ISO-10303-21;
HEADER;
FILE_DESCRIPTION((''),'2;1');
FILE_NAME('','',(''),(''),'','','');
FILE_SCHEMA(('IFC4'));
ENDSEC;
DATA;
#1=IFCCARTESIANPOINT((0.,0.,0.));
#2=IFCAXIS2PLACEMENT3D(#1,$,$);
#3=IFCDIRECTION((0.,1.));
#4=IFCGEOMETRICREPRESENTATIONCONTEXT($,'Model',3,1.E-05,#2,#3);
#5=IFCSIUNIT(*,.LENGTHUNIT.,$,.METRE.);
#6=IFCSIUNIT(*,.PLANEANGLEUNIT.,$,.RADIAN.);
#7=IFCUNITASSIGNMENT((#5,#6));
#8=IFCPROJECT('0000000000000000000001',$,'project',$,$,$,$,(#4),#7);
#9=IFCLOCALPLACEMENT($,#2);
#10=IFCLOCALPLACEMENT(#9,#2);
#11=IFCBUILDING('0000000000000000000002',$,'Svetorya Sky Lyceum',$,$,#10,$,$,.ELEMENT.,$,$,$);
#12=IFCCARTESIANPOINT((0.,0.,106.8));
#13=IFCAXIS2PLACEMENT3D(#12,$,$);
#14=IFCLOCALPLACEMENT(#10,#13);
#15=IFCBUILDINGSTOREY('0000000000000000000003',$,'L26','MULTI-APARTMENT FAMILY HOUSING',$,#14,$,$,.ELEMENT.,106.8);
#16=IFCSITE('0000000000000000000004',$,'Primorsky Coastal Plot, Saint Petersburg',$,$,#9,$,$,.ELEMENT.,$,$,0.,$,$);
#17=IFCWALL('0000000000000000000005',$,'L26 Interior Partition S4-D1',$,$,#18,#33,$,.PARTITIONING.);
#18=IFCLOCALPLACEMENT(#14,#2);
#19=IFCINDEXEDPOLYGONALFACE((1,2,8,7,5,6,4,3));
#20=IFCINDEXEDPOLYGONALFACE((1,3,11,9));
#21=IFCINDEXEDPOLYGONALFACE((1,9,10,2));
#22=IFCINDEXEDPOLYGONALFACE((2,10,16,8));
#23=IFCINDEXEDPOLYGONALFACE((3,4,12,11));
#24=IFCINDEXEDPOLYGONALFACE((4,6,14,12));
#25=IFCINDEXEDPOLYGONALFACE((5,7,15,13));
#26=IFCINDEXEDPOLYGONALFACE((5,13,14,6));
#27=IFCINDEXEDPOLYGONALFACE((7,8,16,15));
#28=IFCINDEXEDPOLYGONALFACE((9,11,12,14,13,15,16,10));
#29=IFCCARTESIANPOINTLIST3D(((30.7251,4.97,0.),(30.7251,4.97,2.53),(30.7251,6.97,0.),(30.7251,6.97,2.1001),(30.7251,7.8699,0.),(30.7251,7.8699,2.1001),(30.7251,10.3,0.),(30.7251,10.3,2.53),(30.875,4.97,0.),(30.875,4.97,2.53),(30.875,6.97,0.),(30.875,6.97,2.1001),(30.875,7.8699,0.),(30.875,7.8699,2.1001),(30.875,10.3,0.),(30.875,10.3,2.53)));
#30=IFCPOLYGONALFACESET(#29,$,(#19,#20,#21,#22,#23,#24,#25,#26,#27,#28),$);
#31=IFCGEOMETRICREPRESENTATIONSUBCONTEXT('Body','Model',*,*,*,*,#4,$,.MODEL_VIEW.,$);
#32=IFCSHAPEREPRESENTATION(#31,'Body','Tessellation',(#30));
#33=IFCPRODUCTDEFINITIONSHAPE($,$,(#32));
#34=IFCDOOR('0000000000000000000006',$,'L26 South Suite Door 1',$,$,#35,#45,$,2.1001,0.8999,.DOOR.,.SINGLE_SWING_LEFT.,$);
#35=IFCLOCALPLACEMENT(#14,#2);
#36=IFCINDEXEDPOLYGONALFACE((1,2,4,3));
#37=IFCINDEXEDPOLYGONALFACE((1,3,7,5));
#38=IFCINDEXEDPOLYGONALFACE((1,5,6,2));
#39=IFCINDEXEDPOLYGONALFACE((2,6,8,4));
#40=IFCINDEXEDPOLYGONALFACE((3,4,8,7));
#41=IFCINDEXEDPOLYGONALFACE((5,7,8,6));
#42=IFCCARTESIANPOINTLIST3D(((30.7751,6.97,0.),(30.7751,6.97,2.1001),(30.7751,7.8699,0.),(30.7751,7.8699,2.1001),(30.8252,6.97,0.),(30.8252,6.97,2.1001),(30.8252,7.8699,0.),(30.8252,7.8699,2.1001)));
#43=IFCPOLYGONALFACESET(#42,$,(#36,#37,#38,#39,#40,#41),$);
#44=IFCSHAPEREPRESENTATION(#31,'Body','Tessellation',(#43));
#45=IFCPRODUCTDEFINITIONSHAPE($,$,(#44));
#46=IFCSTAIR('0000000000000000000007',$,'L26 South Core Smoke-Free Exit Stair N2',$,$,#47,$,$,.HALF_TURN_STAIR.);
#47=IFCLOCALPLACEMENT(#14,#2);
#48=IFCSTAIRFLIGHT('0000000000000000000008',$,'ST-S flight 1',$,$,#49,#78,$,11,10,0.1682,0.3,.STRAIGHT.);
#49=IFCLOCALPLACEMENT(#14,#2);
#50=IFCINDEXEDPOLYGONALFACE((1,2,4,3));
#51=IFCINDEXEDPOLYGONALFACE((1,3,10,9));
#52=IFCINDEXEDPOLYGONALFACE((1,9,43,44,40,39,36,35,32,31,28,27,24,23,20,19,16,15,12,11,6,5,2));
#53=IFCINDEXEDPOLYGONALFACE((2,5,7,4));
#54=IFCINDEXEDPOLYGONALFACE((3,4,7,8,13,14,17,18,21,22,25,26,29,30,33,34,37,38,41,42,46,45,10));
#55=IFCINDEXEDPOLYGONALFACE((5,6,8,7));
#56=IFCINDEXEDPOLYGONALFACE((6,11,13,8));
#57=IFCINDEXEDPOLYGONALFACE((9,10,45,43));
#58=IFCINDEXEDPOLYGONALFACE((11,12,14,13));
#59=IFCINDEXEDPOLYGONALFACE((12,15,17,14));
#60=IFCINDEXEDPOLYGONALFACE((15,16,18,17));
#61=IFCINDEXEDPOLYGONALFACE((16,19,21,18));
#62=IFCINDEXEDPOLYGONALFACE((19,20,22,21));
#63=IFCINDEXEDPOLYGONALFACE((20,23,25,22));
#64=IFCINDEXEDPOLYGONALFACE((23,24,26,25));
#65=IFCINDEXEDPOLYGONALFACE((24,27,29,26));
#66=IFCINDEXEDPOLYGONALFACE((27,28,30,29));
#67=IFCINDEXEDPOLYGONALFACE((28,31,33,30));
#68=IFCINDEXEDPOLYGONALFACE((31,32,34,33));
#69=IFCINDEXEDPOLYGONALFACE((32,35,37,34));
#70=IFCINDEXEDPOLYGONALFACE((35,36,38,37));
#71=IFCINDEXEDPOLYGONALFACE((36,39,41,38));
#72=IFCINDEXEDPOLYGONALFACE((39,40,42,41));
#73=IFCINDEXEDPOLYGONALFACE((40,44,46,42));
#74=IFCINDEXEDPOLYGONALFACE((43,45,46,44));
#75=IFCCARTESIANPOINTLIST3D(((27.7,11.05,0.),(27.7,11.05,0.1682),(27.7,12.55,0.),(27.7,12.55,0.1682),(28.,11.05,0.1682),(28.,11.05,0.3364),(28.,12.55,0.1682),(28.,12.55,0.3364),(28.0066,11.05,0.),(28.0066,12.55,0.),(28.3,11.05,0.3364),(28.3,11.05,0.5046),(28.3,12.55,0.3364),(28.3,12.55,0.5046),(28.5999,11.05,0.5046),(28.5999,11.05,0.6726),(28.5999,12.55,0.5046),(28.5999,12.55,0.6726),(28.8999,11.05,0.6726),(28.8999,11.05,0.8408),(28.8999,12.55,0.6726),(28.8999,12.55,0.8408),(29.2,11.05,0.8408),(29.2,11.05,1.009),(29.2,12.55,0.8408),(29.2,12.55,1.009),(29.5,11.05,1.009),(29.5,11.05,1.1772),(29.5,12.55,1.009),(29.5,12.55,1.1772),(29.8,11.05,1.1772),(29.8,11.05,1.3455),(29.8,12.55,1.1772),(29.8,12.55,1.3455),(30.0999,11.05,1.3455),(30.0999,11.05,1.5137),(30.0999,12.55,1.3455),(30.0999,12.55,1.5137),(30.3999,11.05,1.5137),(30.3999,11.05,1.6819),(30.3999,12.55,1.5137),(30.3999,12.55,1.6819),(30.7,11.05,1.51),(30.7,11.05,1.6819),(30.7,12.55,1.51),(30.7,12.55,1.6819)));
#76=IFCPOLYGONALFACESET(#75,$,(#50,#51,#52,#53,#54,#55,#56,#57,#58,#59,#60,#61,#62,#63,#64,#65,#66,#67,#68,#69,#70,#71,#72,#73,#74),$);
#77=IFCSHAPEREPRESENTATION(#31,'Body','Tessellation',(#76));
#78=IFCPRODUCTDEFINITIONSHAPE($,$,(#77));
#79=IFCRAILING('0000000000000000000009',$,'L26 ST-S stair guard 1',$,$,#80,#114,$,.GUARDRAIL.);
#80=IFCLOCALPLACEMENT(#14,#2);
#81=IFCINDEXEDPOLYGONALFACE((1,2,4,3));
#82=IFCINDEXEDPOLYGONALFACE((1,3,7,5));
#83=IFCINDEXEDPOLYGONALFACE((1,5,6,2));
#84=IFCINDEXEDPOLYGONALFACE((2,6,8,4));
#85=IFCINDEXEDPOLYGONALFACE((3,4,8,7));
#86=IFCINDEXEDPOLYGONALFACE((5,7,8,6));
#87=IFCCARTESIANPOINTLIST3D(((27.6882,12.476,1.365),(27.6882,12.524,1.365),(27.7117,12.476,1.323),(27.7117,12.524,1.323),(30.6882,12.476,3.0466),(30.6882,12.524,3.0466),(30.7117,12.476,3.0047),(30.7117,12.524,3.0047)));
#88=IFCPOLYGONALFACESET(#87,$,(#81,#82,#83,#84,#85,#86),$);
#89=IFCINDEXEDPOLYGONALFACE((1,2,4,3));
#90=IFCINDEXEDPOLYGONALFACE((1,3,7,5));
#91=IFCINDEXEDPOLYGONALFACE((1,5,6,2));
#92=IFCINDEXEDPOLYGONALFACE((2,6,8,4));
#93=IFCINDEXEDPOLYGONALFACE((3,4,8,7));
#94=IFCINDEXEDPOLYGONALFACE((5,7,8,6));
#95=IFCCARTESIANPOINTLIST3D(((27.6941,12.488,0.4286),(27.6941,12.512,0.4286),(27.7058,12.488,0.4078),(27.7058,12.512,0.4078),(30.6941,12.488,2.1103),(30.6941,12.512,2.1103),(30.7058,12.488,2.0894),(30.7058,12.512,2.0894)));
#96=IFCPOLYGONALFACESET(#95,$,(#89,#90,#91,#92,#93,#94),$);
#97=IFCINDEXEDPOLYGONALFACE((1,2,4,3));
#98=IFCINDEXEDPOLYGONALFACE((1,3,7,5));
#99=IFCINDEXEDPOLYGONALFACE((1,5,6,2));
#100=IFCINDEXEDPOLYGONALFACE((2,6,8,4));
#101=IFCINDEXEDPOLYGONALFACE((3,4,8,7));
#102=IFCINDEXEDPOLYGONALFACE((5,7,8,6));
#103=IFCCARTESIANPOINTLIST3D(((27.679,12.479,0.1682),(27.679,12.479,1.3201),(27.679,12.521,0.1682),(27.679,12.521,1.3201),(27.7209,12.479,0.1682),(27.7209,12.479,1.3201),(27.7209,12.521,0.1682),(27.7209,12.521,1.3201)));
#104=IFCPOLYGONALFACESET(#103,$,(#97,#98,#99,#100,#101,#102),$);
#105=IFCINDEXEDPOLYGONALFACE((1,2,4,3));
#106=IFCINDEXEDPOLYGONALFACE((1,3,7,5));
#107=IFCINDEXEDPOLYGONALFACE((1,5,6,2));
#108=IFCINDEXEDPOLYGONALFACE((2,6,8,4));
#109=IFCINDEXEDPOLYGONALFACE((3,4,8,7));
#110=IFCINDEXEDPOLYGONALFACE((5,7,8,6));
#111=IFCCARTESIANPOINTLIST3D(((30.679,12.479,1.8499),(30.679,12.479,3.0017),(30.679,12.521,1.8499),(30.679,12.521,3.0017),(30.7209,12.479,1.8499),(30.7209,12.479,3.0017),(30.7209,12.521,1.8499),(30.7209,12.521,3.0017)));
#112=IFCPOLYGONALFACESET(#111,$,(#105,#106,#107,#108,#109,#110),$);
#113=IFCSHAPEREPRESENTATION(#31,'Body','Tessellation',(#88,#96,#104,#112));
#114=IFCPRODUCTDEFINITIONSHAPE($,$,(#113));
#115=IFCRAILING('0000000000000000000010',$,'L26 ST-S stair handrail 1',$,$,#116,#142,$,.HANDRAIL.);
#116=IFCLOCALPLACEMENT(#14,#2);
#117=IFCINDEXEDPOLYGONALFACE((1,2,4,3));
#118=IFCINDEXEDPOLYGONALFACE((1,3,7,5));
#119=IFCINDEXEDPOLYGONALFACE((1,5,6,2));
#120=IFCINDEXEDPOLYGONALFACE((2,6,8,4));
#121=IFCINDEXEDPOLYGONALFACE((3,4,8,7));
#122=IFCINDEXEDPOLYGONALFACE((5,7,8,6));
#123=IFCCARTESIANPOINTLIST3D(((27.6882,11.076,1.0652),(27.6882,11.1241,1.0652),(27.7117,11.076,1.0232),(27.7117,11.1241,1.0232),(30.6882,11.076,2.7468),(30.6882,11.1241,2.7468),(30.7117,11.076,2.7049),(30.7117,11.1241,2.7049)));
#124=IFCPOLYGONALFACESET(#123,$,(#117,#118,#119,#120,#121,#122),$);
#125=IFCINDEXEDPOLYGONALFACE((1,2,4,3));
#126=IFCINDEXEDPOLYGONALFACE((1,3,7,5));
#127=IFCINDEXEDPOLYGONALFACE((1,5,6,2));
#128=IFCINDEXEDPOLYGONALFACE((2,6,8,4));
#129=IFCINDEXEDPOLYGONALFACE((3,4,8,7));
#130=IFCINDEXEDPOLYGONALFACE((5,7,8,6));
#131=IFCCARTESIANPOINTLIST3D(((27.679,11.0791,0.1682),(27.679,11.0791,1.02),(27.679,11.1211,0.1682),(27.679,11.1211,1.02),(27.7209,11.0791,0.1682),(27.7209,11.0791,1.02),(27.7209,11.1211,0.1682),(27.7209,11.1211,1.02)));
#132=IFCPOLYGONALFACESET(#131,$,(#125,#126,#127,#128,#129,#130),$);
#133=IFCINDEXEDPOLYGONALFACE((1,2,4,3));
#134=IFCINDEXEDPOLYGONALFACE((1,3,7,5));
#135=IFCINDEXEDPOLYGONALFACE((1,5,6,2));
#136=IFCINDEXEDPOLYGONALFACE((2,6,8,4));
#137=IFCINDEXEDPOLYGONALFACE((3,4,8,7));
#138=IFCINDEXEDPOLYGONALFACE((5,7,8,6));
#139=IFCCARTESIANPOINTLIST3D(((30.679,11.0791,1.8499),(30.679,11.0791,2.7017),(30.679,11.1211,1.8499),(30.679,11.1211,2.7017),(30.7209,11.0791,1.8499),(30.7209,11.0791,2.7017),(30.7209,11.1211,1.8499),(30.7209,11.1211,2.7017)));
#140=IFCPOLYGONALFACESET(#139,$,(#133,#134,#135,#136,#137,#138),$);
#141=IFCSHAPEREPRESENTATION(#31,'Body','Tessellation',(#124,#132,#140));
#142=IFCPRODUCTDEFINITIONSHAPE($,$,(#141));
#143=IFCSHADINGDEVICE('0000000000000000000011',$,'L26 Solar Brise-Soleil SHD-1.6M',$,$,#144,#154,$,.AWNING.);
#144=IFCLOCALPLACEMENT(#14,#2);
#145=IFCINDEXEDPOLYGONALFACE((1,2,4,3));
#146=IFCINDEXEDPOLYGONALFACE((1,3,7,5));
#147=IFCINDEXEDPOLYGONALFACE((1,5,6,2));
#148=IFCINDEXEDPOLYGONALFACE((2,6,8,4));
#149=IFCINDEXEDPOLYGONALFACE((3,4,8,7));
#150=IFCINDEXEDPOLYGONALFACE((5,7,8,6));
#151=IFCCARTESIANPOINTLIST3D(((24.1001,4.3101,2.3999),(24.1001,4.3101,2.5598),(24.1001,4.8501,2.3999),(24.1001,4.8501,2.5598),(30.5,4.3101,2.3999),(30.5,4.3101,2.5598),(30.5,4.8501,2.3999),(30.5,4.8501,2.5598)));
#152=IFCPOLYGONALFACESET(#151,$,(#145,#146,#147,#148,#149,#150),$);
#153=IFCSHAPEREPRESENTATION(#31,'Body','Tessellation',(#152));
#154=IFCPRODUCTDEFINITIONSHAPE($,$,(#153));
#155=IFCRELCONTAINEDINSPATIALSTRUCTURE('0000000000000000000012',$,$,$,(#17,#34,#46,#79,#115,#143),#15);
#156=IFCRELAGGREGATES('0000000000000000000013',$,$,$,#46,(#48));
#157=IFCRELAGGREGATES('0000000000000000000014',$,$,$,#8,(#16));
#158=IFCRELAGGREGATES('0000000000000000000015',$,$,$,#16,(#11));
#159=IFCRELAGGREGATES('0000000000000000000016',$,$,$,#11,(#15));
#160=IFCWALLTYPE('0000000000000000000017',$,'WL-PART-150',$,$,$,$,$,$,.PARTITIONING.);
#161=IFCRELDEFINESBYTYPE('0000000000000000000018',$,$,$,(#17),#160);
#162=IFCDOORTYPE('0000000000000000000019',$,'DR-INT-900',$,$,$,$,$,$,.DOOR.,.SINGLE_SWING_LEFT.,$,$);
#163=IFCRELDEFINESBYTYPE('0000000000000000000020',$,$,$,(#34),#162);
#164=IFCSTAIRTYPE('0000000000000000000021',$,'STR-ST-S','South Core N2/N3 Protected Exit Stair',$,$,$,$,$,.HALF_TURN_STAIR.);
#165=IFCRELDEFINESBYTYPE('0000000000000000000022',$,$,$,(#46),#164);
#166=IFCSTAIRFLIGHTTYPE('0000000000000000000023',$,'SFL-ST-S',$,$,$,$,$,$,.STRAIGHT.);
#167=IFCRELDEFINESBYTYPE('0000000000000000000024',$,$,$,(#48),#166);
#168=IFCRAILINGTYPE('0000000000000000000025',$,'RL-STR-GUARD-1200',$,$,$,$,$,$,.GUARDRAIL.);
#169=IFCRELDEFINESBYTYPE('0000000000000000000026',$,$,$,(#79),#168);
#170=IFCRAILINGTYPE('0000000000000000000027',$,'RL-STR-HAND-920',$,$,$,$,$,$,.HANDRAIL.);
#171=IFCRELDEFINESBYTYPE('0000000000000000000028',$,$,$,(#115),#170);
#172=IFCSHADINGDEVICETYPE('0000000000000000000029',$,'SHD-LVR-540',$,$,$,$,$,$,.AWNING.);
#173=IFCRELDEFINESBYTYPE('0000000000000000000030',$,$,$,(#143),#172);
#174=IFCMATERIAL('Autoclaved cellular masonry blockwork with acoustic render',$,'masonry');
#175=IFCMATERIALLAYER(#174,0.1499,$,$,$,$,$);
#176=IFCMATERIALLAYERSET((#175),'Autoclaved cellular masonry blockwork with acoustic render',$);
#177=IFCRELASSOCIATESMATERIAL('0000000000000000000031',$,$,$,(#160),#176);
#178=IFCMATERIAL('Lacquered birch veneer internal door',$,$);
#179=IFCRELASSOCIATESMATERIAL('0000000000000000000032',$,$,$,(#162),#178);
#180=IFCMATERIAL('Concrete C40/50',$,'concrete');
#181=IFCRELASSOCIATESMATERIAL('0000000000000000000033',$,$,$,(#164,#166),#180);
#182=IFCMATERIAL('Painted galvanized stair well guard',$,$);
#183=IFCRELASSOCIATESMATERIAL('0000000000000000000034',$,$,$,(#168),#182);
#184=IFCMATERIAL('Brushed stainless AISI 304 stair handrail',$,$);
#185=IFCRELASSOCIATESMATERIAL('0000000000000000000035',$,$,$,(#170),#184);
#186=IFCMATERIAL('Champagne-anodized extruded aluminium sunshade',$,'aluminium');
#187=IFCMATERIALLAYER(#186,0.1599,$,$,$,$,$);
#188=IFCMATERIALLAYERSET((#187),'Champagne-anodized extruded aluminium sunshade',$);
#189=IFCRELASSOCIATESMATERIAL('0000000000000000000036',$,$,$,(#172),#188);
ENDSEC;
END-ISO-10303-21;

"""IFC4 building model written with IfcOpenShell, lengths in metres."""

from ifc_helpers import new_model, si_unit, direction, frame, frame_2d, origin, origin_2d, place, context, subcontext, project, spatial, polyline, rectangle, outline, extrude, material, layer, layer_set, type_object, element, fill, aggregate, save


model = new_model("IFC4")

# Units and contexts
model_context = context("Model", 3, precision=1e-05, world=origin(), true_north=direction((0.0, 1.0)))
body_context = subcontext(model_context, "Body", "Model", "MODEL_VIEW")
ifc_project = project(units=[si_unit("LENGTHUNIT", "METRE"), si_unit("PLANEANGLEUNIT", "RADIAN")], contexts=[model_context])

# Site, building, storey
site_placement = place(None, origin())
site = spatial("IfcSite", under=ifc_project, at=site_placement, Name="Primorsky Coastal Plot, Saint Petersburg", CompositionType="ELEMENT", RefElevation=0.0)
building_placement = place(site_placement, origin())
building = spatial("IfcBuilding", under=site, at=building_placement, Name="Svetorya Sky Lyceum", CompositionType="ELEMENT")
storey_placement = place(building_placement, frame((0.0, 0.0, 106.8)))
storey = spatial("IfcBuildingStorey", under=building, at=storey_placement, Name="L26", Description="MULTI-APARTMENT FAMILY HOUSING", CompositionType="ELEMENT", Elevation=106.8)

# Shared definitions
ifc_material_1 = material(Name="Concrete C40/50", Category="concrete")

# Wall, opening, door
ifc_material_2 = material(Name="Autoclaved cellular masonry blockwork with acoustic render", Category="masonry")
ifc_layer_1 = layer(ifc_material_2, 0.1499)
ifc_layer_set_1 = layer_set([ifc_layer_1], Name="Autoclaved cellular masonry blockwork with acoustic render")
wall_type_1 = type_object("IfcWallType", Name="WL-PART-150", PredefinedType="PARTITIONING", material=ifc_layer_set_1)
wall_1_placement = place(storey_placement, frame((30.8, 4.97, 0.0), z_axis=(0.0, 0.0, 1.0), x_axis=(0.0, 1.0, 0.0)))
wall_1 = element("IfcWall", 1, at=wall_1_placement, inside=storey, type_object=wall_type_1, Name="L26 Interior Partition S4-D1", PredefinedType="PARTITIONING", context=body_context, shape_type="SweptSolid", body=[
    extrude(rectangle(XDim=5.3301, YDim=0.1499, at=frame_2d((2.665, 0.0))), origin(), (0.0, 0.0, 1.0), 2.53),
])
opening_placement = place(wall_1_placement, frame((2.0, 0.0, 0.0)))
opening = element("IfcOpeningElement", 2, at=opening_placement, cuts=wall_1, PredefinedType="OPENING", context=body_context, shape_type="SweptSolid", body=[
    extrude(rectangle(XDim=0.8999, YDim=2.1001, at=frame_2d((0.45, 1.05))), frame((0.0, 0.085, 0.0), z_axis=(0.0, -1.0, 0.0), x_axis=(1.0, 0.0, 0.0)), (0.0, 0.0, 1.0), 0.1699),
])
ifc_material_3 = material(Name="Lacquered birch veneer internal door")
door_type = type_object("IfcDoorType", Name="DR-INT-900", OperationType="SINGLE_SWING_LEFT", PredefinedType="DOOR", material=ifc_material_3)
door_placement = place(opening_placement, origin())
door = element("IfcDoor", 3, at=door_placement, inside=storey, type_object=door_type, Name="L26 South Suite Door 1", OperationType="SINGLE_SWING_LEFT", OverallHeight=2.1001, OverallWidth=0.8999, PredefinedType="DOOR", context=body_context, shape_type="SweptSolid", body=[
    extrude(rectangle(XDim=0.8999, YDim=2.1001, at=frame_2d((0.45, 1.05))), frame((0.0, 0.0249, 0.0), z_axis=(0.0, -1.0, 0.0), x_axis=(1.0, 0.0, 0.0)), (0.0, 0.0, 1.0), 0.05),
])
fill(opening, door)

# Stair, stair flight
stair_type = type_object("IfcStairType", Name="STR-ST-S", Description="South Core N2/N3 Protected Exit Stair", PredefinedType="HALF_TURN_STAIR", material=ifc_material_1)
stair_placement = place(storey_placement, origin())
stair = element("IfcStair", 4, at=stair_placement, inside=storey, type_object=stair_type, Name="L26 South Core Smoke-Free Exit Stair N2", PredefinedType="HALF_TURN_STAIR")
stair_flight_type = type_object("IfcStairFlightType", Name="SFL-ST-S", PredefinedType="STRAIGHT", material=ifc_material_1)
stair_flight_placement = place(storey_placement, frame((27.7, 11.8, 0.0), z_axis=(0.0, 0.0, 1.0), x_axis=(1.0, 0.0, 0.0)))
stair_flight = element("IfcStairFlight", 5, at=stair_flight_placement, type_object=stair_flight_type, Name="ST-S flight 1", NumberOfRisers=11, NumberOfTreads=10, PredefinedType="STRAIGHT", RiserHeight=0.1682, TreadLength=0.3, context=body_context, shape_type="SweptSolid", body=[
    extrude(outline(polyline([(0.0, 0.0), (0.0, 0.1682), (0.3, 0.1682), (0.3, 0.3364), (0.6001, 0.3364), (0.6001, 0.5046), (0.8999, 0.5046), (0.8999, 0.6726), (1.2, 0.6726), (1.2, 0.8408), (1.5, 0.8408), (1.5, 1.009), (1.8, 1.009), (1.8, 1.1772), (2.1001, 1.1772), (2.1001, 1.3455), (2.3999, 1.3455), (2.3999, 1.5137), (2.7, 1.5137), (2.7, 1.6819), (3.0, 1.6819), (3.0, 1.8501), (3.0, 1.51), (0.3066, 0.0), (0.0, 0.0)])), frame((0.0, 0.75, 0.0), z_axis=(0.0, -1.0, 0.0), x_axis=(1.0, 0.0, 0.0)), (0.0, 0.0, 1.0), 1.5),
])
aggregate(stair, [stair_flight])

# Railings
ifc_material_4 = material(Name="Painted galvanized stair well guard")
railing_type_1 = type_object("IfcRailingType", Name="RL-STR-GUARD-1200", PredefinedType="GUARDRAIL", material=ifc_material_4)
railing_1_placement = place(storey_placement, frame((27.7, 12.5, 0.1682)))
element("IfcRailing", 6, at=railing_1_placement, inside=storey, type_object=railing_type_1, Name="L26 ST-S stair guard 1", PredefinedType="GUARDRAIL", context=body_context, shape_type="SweptSolid", body=[
    extrude(rectangle(XDim=0.0481, YDim=0.0481, at=origin_2d()), frame((0.0, 0.0, 1.1758), z_axis=(0.872303, 0.0, 0.488966), x_axis=(0.0, 1.0, 0.0)), (0.0, 0.0, 1.0), 3.4392),
    extrude(rectangle(XDim=0.0239, YDim=0.0239, at=origin_2d()), frame((0.0, 0.0, 0.25), z_axis=(0.872303, 0.0, 0.488966), x_axis=(0.0, 1.0, 0.0)), (0.0, 0.0, 1.0), 3.4392),
    extrude(rectangle(XDim=0.042, YDim=0.042, at=origin_2d()), origin(), (0.0, 0.0, 1.0), 1.1519),
    extrude(rectangle(XDim=0.042, YDim=0.042, at=origin_2d()), frame((3.0, 0.0, 1.6816)), (0.0, 0.0, 1.0), 1.1519),
])
ifc_material_5 = material(Name="Brushed stainless AISI 304 stair handrail")
railing_type_2 = type_object("IfcRailingType", Name="RL-STR-HAND-920", PredefinedType="HANDRAIL", material=ifc_material_5)
railing_2_placement = place(storey_placement, frame((27.7, 11.1001, 0.1682)))
element("IfcRailing", 7, at=railing_2_placement, inside=storey, type_object=railing_type_2, Name="L26 ST-S stair handrail 1", PredefinedType="HANDRAIL", context=body_context, shape_type="SweptSolid", body=[
    extrude(rectangle(XDim=0.0481, YDim=0.0481, at=origin_2d()), frame((0.0, 0.0, 0.876), z_axis=(0.872303, 0.0, 0.488966), x_axis=(0.0, 1.0, 0.0)), (0.0, 0.0, 1.0), 3.4392),
    extrude(rectangle(XDim=0.042, YDim=0.042, at=origin_2d()), origin(), (0.0, 0.0, 1.0), 0.8518),
    extrude(rectangle(XDim=0.042, YDim=0.042, at=origin_2d()), frame((3.0, 0.0, 1.6816)), (0.0, 0.0, 1.0), 0.8518),
])

# Shading device
ifc_material_6 = material(Name="Champagne-anodized extruded aluminium sunshade", Category="aluminium")
ifc_layer_2 = layer(ifc_material_6, 0.1599)
ifc_layer_set_2 = layer_set([ifc_layer_2], Name="Champagne-anodized extruded aluminium sunshade")
shading_device_type = type_object("IfcShadingDeviceType", Name="SHD-LVR-540", PredefinedType="AWNING", material=ifc_layer_set_2)
shading_device_placement = place(storey_placement, frame((27.3, 4.5801, 2.3999), z_axis=(0.0, 0.0, 1.0), x_axis=(1.0, 0.0, 0.0)))
element("IfcShadingDevice", 8, at=shading_device_placement, inside=storey, type_object=shading_device_type, Name="L26 Solar Brise-Soleil SHD-1.6M", PredefinedType="AWNING", context=body_context, shape_type="SweptSolid", body=[
    extrude(rectangle(XDim=6.3999, YDim=0.54, at=origin_2d()), origin(), (0.0, 0.0, 1.0), 0.1599),
])

save(model, "model.ifc")
